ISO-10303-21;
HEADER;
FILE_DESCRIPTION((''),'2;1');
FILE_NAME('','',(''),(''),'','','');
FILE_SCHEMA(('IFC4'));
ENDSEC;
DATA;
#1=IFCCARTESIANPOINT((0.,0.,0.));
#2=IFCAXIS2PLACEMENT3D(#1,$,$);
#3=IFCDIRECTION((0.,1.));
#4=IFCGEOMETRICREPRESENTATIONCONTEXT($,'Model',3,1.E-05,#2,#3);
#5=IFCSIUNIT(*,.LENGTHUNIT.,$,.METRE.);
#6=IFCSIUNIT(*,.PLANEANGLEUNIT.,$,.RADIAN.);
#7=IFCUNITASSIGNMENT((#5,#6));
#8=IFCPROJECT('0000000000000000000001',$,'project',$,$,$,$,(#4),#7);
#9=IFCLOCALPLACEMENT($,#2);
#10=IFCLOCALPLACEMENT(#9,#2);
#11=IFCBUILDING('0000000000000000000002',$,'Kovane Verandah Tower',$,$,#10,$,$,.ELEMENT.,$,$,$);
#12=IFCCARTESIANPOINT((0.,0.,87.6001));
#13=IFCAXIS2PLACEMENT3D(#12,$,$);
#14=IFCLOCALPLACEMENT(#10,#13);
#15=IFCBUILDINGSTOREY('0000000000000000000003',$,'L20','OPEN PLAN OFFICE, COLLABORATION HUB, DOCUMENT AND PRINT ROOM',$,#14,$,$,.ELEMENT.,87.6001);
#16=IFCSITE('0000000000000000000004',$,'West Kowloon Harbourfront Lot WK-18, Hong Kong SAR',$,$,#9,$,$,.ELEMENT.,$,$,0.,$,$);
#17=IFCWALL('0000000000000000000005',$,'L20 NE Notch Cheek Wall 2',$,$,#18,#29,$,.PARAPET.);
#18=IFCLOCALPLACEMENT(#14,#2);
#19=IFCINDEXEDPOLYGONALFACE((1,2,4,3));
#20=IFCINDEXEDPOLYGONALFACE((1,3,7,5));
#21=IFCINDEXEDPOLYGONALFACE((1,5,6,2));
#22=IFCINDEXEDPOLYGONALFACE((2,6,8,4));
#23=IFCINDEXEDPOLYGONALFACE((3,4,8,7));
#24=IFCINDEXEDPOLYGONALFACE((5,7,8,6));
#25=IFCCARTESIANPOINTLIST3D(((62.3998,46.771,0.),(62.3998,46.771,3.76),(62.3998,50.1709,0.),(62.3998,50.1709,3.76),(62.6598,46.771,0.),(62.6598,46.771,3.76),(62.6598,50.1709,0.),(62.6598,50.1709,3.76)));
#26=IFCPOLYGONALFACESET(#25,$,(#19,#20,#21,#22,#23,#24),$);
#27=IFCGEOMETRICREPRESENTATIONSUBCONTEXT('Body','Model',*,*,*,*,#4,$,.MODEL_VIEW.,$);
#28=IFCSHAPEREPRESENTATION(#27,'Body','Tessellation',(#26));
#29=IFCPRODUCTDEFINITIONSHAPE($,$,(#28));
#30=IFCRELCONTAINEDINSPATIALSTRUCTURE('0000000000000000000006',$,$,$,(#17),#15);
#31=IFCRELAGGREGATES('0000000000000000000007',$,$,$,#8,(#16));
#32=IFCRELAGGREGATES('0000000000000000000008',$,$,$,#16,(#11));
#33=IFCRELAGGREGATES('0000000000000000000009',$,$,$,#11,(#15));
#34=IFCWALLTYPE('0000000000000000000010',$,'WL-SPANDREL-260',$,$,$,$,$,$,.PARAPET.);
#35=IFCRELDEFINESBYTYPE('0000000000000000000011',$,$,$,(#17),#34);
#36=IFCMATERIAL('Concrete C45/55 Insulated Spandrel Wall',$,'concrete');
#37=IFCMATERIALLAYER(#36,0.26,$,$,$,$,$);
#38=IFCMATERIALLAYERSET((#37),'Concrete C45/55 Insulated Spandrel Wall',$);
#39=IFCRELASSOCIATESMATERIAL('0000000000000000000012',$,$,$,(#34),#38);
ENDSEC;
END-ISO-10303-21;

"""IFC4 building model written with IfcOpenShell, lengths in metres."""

from ifc_helpers import new_model, si_unit, direction, frame, frame_2d, origin, place, context, subcontext, project, spatial, rectangle, extrude, material, layer, layer_set, type_object, element, save


model = new_model("IFC4")

# Units and contexts
model_context = context("Model", 3, precision=1e-05, world=origin(), true_north=direction((0.0, 1.0)))
body_context = subcontext(model_context, "Body", "Model", "MODEL_VIEW")
ifc_project = project(units=[si_unit("LENGTHUNIT", "METRE"), si_unit("PLANEANGLEUNIT", "RADIAN")], contexts=[model_context])

# Site, building, storey
site_placement = place(None, origin())
site = spatial("IfcSite", under=ifc_project, at=site_placement, Name="West Kowloon Harbourfront Lot WK-18, Hong Kong SAR", CompositionType="ELEMENT", RefElevation=0.0)
building_placement = place(site_placement, origin())
building = spatial("IfcBuilding", under=site, at=building_placement, Name="Kovane Verandah Tower", CompositionType="ELEMENT")
storey_placement = place(building_placement, frame((0.0, 0.0, 87.6001)))
storey = spatial("IfcBuildingStorey", under=building, at=storey_placement, Name="L20", Description="OPEN PLAN OFFICE, COLLABORATION HUB, DOCUMENT AND PRINT ROOM", CompositionType="ELEMENT", Elevation=87.6001)

# Shared definitions
ifc_material_1 = material(Name="Concrete C45/55 Insulated Spandrel Wall", Category="concrete")
ifc_layer_1 = layer(ifc_material_1, 0.26)
ifc_layer_set_1 = layer_set([ifc_layer_1], Name="Concrete C45/55 Insulated Spandrel Wall")
wall_type_1 = type_object("IfcWallType", Name="WL-SPANDREL-260", PredefinedType="PARAPET", material=ifc_layer_set_1)

# Wall
wall_1_placement = place(storey_placement, frame((62.5298, 46.771, 0.0), z_axis=(0.0, 0.0, 1.0), x_axis=(0.0, 1.0, 0.0)))
element("IfcWall", 1, at=wall_1_placement, inside=storey, type_object=wall_type_1, Name="L20 NE Notch Cheek Wall 2", PredefinedType="PARAPET", context=body_context, shape_type="SweptSolid", body=[
    extrude(rectangle(XDim=3.3999, YDim=0.26, at=frame_2d((1.7, 0.0))), origin(), (0.0, 0.0, 1.0), 3.76),
])

save(model, "model.ifc")
